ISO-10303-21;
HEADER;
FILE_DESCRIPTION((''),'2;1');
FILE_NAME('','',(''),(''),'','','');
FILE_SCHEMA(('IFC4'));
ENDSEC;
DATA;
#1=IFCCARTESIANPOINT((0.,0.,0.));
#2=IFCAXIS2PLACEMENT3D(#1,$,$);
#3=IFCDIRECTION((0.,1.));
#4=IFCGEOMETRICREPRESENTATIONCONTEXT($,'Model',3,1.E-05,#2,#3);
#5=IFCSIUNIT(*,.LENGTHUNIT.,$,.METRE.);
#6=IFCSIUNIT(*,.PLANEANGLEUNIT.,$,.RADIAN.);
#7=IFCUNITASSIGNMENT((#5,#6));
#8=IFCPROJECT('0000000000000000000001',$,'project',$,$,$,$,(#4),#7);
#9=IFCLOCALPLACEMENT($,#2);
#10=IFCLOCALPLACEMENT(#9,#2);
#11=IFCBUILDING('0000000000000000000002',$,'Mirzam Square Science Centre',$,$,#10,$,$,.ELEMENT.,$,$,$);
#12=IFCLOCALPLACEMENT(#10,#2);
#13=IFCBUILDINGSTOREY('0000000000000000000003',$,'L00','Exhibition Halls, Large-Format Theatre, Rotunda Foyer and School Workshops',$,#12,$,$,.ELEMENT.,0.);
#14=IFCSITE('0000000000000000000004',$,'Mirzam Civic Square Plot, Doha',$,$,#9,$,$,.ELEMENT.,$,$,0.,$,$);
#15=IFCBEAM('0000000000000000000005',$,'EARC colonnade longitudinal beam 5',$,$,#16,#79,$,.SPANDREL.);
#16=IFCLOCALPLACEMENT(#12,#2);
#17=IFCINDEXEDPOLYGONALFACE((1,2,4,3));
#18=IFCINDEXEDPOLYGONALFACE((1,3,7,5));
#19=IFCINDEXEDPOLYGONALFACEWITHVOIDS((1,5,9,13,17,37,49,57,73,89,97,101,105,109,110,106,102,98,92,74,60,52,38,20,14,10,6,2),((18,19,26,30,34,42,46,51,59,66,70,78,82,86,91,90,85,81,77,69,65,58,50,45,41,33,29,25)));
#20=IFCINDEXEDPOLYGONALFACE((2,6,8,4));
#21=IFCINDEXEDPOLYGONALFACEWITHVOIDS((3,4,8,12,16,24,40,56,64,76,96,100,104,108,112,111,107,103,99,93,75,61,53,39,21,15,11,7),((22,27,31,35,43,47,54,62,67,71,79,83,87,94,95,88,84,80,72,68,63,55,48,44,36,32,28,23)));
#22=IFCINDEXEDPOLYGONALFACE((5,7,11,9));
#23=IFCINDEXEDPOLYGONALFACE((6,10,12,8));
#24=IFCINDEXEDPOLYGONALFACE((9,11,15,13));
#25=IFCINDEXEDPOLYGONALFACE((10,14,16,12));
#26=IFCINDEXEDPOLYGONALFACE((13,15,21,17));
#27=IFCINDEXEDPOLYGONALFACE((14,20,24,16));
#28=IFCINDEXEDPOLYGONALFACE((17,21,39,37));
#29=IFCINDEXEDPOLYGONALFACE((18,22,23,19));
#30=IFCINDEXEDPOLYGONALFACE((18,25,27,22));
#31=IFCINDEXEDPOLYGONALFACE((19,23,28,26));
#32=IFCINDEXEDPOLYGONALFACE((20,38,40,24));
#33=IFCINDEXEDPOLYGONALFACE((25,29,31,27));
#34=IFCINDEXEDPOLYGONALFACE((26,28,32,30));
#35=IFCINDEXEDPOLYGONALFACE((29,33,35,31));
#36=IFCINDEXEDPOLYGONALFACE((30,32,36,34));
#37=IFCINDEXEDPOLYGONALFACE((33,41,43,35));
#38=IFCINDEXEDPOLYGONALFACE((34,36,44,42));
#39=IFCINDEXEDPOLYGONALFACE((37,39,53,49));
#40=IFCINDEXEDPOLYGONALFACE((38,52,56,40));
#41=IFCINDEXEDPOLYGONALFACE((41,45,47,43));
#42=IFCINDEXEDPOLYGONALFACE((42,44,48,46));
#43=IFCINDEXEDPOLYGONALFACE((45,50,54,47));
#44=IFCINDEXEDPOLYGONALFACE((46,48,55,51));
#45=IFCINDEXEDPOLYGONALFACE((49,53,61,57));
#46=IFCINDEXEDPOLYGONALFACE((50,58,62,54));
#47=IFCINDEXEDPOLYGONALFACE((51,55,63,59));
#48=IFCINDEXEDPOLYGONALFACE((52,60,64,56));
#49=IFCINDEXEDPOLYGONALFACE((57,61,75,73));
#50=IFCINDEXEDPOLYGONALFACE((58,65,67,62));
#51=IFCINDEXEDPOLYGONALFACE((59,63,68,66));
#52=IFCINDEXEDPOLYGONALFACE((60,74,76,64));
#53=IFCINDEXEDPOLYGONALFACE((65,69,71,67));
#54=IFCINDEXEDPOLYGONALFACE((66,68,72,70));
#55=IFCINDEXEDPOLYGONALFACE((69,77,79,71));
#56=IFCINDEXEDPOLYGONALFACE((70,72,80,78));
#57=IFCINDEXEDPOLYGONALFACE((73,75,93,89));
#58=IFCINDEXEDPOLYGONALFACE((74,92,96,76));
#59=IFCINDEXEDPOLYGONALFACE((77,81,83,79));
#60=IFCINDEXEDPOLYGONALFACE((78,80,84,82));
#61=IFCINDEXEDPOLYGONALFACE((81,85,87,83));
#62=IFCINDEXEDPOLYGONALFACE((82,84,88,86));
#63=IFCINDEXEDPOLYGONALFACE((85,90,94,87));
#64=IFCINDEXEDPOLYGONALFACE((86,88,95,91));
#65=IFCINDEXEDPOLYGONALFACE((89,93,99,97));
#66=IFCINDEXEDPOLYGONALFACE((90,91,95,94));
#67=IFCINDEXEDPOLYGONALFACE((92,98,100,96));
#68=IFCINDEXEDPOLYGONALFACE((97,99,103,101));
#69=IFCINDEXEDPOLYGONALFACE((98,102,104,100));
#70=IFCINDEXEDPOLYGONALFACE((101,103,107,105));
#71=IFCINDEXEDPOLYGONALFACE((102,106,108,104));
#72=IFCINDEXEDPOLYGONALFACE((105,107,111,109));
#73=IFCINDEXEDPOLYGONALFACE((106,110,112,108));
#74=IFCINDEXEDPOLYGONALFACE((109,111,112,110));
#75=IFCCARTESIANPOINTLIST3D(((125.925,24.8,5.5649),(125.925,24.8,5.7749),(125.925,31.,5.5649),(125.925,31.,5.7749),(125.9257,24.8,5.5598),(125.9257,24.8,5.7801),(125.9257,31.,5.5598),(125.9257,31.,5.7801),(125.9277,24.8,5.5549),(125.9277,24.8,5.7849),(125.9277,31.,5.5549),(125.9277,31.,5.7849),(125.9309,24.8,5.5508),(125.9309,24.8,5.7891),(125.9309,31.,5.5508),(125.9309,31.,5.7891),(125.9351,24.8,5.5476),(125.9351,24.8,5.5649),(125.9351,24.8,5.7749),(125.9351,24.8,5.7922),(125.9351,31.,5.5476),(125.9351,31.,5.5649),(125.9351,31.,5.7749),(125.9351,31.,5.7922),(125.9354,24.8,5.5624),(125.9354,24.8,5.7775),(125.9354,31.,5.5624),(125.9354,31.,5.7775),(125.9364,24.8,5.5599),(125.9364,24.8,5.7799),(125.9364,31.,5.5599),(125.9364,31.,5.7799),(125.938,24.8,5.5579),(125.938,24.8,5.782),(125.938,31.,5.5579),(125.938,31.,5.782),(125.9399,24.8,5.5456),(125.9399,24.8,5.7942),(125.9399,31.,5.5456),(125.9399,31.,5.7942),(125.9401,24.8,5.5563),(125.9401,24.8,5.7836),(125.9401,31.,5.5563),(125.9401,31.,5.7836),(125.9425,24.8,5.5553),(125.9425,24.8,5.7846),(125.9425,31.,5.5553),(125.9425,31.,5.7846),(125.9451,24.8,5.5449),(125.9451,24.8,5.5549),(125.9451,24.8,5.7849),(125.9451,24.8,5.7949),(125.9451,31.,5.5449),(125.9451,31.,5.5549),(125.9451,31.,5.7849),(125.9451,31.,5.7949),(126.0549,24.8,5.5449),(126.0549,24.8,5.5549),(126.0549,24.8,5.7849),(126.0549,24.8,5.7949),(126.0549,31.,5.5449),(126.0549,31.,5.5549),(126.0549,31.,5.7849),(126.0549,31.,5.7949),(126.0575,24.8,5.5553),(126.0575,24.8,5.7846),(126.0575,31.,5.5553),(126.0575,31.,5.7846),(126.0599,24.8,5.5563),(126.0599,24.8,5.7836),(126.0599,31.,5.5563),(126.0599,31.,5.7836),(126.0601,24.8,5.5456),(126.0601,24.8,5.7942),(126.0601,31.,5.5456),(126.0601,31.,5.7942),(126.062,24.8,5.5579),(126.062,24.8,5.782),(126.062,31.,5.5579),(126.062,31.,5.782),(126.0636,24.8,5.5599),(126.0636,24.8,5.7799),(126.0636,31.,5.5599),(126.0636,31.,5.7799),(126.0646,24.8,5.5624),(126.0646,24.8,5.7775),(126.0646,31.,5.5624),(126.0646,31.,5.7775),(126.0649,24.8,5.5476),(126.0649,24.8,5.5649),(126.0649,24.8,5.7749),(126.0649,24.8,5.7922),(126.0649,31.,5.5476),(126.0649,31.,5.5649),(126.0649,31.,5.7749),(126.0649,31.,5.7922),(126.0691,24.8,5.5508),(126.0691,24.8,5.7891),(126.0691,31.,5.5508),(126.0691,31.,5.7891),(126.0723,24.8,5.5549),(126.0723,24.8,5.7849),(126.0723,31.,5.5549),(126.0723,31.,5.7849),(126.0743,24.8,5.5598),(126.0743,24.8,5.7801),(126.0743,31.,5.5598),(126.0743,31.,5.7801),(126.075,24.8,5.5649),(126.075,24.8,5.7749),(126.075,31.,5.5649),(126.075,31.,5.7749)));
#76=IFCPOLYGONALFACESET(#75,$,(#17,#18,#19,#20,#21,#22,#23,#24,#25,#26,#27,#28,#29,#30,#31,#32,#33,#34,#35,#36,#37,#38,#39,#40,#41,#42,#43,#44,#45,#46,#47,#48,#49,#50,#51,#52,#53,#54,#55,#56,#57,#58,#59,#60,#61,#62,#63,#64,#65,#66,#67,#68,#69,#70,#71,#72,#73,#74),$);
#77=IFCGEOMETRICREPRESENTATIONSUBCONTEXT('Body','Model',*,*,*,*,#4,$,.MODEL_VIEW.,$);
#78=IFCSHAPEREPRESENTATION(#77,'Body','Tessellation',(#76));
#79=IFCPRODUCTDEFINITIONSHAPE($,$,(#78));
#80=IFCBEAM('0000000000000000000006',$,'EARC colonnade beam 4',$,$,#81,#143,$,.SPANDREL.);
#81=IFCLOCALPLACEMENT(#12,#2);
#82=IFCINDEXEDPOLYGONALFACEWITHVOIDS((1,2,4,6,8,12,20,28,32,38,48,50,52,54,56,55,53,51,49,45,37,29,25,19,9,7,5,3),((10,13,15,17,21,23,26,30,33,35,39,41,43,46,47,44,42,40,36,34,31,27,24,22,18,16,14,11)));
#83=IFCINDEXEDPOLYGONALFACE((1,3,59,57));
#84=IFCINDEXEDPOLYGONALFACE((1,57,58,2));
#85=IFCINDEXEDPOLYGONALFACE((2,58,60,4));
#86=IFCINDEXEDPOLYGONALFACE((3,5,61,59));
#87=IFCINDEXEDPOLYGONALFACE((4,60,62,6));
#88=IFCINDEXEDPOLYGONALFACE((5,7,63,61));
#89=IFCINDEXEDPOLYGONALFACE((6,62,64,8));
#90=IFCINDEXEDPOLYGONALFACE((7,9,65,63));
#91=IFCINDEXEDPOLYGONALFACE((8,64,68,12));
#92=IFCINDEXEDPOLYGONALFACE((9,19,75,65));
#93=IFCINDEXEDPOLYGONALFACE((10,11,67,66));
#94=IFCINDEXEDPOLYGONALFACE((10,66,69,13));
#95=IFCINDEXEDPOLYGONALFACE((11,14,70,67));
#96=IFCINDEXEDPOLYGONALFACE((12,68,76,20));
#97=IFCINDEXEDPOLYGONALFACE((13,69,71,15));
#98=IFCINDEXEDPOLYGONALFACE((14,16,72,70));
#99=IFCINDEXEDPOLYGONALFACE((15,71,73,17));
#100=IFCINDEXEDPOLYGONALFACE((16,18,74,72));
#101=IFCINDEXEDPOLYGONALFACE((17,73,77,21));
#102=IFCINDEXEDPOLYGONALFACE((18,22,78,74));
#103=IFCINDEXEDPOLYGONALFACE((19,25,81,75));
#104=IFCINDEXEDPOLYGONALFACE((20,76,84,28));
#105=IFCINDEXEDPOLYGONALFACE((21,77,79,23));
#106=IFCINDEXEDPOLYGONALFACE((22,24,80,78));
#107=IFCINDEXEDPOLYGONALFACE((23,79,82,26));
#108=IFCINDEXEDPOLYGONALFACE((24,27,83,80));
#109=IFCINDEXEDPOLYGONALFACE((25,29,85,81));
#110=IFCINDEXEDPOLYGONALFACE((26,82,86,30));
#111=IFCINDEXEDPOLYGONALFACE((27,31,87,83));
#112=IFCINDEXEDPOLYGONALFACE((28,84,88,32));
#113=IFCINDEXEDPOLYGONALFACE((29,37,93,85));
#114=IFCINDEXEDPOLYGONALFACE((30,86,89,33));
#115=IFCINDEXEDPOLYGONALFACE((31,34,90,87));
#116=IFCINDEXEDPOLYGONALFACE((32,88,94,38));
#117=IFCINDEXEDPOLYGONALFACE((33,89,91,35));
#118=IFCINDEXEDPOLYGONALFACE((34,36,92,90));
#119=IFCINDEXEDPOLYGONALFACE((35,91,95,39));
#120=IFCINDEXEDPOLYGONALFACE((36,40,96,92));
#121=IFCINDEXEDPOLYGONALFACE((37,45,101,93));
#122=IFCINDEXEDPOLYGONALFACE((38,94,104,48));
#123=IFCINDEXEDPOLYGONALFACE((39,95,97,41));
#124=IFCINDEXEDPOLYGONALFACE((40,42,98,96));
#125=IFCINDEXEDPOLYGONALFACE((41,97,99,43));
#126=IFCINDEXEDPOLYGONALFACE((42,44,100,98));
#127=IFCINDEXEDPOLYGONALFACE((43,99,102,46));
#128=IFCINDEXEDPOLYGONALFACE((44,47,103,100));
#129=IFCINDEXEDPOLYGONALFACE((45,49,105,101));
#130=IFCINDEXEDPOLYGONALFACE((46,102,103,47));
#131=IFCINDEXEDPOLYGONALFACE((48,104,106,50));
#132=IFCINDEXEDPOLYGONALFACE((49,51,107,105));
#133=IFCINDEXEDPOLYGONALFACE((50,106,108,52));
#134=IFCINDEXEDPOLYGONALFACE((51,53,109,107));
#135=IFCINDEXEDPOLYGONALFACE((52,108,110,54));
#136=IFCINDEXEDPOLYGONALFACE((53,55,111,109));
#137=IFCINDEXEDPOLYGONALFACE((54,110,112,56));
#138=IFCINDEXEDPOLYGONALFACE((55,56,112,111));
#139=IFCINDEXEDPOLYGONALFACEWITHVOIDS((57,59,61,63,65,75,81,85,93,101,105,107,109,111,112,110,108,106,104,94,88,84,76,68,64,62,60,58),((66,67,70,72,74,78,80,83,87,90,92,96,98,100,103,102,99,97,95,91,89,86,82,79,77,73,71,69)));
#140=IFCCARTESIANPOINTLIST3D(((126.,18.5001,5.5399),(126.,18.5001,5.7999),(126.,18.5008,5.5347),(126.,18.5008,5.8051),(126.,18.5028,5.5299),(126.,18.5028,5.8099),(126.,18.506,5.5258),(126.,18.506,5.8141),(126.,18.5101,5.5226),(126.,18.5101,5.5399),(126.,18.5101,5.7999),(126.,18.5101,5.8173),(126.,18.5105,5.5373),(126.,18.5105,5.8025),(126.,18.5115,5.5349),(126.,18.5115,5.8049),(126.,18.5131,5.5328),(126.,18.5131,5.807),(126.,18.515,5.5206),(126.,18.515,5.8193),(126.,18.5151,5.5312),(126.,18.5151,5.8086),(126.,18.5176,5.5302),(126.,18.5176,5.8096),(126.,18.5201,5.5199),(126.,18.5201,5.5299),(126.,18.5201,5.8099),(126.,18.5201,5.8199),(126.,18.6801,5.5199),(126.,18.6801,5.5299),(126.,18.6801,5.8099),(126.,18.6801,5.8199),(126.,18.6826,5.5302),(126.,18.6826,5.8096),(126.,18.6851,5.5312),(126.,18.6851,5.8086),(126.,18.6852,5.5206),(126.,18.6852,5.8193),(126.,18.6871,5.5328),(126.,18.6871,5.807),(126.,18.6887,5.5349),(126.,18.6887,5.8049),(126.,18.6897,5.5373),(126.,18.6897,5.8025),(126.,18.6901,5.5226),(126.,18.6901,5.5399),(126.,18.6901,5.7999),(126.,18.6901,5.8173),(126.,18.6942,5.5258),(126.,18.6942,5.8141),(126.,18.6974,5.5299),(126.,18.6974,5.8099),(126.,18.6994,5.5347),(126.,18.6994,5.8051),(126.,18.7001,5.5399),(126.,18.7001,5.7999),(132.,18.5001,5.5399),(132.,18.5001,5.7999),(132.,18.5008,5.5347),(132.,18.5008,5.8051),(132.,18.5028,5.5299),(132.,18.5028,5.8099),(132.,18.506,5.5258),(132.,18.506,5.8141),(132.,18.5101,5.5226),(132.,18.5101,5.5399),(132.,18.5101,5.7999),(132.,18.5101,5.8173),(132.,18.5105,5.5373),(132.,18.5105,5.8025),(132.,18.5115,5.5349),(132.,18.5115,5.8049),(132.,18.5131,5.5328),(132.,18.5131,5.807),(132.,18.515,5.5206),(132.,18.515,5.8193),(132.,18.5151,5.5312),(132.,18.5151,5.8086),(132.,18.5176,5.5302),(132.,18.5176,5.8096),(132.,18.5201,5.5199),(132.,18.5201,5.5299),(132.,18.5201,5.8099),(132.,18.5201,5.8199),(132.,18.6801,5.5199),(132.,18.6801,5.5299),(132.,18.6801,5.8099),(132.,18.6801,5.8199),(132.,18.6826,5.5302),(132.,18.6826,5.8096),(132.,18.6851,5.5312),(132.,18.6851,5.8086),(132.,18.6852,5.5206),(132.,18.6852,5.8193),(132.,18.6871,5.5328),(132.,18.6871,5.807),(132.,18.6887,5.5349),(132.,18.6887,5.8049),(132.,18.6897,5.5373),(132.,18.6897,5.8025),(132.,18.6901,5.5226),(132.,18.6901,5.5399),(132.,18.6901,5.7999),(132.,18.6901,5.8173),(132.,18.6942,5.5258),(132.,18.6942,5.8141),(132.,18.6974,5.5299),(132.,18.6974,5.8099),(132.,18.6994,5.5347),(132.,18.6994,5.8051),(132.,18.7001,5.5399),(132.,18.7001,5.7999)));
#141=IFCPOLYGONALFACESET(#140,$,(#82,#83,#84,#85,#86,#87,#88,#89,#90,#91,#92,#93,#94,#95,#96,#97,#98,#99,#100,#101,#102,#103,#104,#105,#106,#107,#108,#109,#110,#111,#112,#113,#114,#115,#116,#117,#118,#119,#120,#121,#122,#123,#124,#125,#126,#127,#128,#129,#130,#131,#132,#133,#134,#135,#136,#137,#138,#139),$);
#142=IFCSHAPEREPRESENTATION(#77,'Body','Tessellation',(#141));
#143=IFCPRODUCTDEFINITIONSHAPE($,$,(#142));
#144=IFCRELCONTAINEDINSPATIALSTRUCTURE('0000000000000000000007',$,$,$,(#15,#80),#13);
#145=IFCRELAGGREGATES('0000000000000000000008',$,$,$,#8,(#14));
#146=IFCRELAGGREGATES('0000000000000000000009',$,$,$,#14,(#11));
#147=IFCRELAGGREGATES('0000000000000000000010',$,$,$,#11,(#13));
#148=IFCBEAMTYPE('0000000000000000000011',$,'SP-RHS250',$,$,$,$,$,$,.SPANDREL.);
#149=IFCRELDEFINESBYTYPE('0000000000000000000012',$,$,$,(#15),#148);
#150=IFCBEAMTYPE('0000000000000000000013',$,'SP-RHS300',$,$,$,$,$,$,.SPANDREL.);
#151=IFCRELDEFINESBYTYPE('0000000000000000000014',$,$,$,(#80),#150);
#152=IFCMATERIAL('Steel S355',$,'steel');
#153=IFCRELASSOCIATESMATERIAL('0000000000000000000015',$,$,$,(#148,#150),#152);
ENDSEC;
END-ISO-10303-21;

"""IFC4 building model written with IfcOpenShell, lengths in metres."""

from ifc_helpers import new_model, si_unit, direction, frame, origin, origin_2d, place, context, subcontext, project, spatial, hollow_rectangle, extrude, material, material_profile, profile_set, type_object, element, save


model = new_model("IFC4")

# Units and contexts
model_context = context("Model", 3, precision=1e-05, world=origin(), true_north=direction((0.0, 1.0)))
body_context = subcontext(model_context, "Body", "Model", "MODEL_VIEW")
ifc_project = project(units=[si_unit("LENGTHUNIT", "METRE"), si_unit("PLANEANGLEUNIT", "RADIAN")], contexts=[model_context])

# Site, building, storey
site_placement = place(None, origin())
site = spatial("IfcSite", under=ifc_project, at=site_placement, Name="Mirzam Civic Square Plot, Doha", CompositionType="ELEMENT", RefElevation=0.0)
building_placement = place(site_placement, origin())
building = spatial("IfcBuilding", under=site, at=building_placement, Name="Mirzam Square Science Centre", CompositionType="ELEMENT")
storey_placement = place(building_placement, origin())
storey = spatial("IfcBuildingStorey", under=building, at=storey_placement, Name="L00", Description="Exhibition Halls, Large-Format Theatre, Rotunda Foyer and School Workshops", CompositionType="ELEMENT", Elevation=0.0)

# Shared definitions
ifc_material_1 = material(Name="Steel S355", Category="steel")

# Beams
ifc_material_profile_1 = material_profile(ifc_material_1, hollow_rectangle(XDim=0.1499, YDim=0.25, WallThickness=0.01, InnerFilletRadius=0.01, OuterFilletRadius=0.02, at=origin_2d()), Name="250x150x10.0RHS")
ifc_profile_set_1 = profile_set([ifc_material_profile_1], Name="Steel S355")
beam_type_1 = type_object("IfcBeamType", Name="SP-RHS250", PredefinedType="SPANDREL", material=ifc_profile_set_1)
for number, where, z_axis, x_axis, name in (
    (1, (126.0, 24.8, 5.6699), (0.0, 1.0, 0.0), (-1.0, 0.0, 0.0), "EARC colonnade longitudinal beam 5"),
):
    element("IfcBeam", number, at=place(storey_placement, frame(where, z_axis=z_axis, x_axis=x_axis)), inside=storey, type_object=beam_type_1, Name=name, PredefinedType="SPANDREL", context=body_context, shape_type="SweptSolid", body=[
        extrude(hollow_rectangle(XDim=0.1499, YDim=0.25, WallThickness=0.01, InnerFilletRadius=0.01, OuterFilletRadius=0.02, at=origin_2d()), origin(), (0.0, 0.0, 1.0), 6.2),
    ])
ifc_material_profile_2 = material_profile(ifc_material_1, hollow_rectangle(XDim=0.2, YDim=0.3, WallThickness=0.01, InnerFilletRadius=0.01, OuterFilletRadius=0.02, at=origin_2d()), Name="300x200x10.0RHS")
ifc_profile_set_2 = profile_set([ifc_material_profile_2], Name="Steel S355")
beam_type_2 = type_object("IfcBeamType", Name="SP-RHS300", PredefinedType="SPANDREL", material=ifc_profile_set_2)
for number, where, z_axis, x_axis, name in (
    (2, (126.0, 18.6001, 5.6699), (1.0, 0.0, 0.0), (0.0, 1.0, 0.0), "EARC colonnade beam 4"),
):
    element("IfcBeam", number, at=place(storey_placement, frame(where, z_axis=z_axis, x_axis=x_axis)), inside=storey, type_object=beam_type_2, Name=name, PredefinedType="SPANDREL", context=body_context, shape_type="SweptSolid", body=[
        extrude(hollow_rectangle(XDim=0.2, YDim=0.3, WallThickness=0.01, InnerFilletRadius=0.01, OuterFilletRadius=0.02, at=origin_2d()), origin(), (0.0, 0.0, 1.0), 6.0),
    ])

save(model, "model.ifc")
